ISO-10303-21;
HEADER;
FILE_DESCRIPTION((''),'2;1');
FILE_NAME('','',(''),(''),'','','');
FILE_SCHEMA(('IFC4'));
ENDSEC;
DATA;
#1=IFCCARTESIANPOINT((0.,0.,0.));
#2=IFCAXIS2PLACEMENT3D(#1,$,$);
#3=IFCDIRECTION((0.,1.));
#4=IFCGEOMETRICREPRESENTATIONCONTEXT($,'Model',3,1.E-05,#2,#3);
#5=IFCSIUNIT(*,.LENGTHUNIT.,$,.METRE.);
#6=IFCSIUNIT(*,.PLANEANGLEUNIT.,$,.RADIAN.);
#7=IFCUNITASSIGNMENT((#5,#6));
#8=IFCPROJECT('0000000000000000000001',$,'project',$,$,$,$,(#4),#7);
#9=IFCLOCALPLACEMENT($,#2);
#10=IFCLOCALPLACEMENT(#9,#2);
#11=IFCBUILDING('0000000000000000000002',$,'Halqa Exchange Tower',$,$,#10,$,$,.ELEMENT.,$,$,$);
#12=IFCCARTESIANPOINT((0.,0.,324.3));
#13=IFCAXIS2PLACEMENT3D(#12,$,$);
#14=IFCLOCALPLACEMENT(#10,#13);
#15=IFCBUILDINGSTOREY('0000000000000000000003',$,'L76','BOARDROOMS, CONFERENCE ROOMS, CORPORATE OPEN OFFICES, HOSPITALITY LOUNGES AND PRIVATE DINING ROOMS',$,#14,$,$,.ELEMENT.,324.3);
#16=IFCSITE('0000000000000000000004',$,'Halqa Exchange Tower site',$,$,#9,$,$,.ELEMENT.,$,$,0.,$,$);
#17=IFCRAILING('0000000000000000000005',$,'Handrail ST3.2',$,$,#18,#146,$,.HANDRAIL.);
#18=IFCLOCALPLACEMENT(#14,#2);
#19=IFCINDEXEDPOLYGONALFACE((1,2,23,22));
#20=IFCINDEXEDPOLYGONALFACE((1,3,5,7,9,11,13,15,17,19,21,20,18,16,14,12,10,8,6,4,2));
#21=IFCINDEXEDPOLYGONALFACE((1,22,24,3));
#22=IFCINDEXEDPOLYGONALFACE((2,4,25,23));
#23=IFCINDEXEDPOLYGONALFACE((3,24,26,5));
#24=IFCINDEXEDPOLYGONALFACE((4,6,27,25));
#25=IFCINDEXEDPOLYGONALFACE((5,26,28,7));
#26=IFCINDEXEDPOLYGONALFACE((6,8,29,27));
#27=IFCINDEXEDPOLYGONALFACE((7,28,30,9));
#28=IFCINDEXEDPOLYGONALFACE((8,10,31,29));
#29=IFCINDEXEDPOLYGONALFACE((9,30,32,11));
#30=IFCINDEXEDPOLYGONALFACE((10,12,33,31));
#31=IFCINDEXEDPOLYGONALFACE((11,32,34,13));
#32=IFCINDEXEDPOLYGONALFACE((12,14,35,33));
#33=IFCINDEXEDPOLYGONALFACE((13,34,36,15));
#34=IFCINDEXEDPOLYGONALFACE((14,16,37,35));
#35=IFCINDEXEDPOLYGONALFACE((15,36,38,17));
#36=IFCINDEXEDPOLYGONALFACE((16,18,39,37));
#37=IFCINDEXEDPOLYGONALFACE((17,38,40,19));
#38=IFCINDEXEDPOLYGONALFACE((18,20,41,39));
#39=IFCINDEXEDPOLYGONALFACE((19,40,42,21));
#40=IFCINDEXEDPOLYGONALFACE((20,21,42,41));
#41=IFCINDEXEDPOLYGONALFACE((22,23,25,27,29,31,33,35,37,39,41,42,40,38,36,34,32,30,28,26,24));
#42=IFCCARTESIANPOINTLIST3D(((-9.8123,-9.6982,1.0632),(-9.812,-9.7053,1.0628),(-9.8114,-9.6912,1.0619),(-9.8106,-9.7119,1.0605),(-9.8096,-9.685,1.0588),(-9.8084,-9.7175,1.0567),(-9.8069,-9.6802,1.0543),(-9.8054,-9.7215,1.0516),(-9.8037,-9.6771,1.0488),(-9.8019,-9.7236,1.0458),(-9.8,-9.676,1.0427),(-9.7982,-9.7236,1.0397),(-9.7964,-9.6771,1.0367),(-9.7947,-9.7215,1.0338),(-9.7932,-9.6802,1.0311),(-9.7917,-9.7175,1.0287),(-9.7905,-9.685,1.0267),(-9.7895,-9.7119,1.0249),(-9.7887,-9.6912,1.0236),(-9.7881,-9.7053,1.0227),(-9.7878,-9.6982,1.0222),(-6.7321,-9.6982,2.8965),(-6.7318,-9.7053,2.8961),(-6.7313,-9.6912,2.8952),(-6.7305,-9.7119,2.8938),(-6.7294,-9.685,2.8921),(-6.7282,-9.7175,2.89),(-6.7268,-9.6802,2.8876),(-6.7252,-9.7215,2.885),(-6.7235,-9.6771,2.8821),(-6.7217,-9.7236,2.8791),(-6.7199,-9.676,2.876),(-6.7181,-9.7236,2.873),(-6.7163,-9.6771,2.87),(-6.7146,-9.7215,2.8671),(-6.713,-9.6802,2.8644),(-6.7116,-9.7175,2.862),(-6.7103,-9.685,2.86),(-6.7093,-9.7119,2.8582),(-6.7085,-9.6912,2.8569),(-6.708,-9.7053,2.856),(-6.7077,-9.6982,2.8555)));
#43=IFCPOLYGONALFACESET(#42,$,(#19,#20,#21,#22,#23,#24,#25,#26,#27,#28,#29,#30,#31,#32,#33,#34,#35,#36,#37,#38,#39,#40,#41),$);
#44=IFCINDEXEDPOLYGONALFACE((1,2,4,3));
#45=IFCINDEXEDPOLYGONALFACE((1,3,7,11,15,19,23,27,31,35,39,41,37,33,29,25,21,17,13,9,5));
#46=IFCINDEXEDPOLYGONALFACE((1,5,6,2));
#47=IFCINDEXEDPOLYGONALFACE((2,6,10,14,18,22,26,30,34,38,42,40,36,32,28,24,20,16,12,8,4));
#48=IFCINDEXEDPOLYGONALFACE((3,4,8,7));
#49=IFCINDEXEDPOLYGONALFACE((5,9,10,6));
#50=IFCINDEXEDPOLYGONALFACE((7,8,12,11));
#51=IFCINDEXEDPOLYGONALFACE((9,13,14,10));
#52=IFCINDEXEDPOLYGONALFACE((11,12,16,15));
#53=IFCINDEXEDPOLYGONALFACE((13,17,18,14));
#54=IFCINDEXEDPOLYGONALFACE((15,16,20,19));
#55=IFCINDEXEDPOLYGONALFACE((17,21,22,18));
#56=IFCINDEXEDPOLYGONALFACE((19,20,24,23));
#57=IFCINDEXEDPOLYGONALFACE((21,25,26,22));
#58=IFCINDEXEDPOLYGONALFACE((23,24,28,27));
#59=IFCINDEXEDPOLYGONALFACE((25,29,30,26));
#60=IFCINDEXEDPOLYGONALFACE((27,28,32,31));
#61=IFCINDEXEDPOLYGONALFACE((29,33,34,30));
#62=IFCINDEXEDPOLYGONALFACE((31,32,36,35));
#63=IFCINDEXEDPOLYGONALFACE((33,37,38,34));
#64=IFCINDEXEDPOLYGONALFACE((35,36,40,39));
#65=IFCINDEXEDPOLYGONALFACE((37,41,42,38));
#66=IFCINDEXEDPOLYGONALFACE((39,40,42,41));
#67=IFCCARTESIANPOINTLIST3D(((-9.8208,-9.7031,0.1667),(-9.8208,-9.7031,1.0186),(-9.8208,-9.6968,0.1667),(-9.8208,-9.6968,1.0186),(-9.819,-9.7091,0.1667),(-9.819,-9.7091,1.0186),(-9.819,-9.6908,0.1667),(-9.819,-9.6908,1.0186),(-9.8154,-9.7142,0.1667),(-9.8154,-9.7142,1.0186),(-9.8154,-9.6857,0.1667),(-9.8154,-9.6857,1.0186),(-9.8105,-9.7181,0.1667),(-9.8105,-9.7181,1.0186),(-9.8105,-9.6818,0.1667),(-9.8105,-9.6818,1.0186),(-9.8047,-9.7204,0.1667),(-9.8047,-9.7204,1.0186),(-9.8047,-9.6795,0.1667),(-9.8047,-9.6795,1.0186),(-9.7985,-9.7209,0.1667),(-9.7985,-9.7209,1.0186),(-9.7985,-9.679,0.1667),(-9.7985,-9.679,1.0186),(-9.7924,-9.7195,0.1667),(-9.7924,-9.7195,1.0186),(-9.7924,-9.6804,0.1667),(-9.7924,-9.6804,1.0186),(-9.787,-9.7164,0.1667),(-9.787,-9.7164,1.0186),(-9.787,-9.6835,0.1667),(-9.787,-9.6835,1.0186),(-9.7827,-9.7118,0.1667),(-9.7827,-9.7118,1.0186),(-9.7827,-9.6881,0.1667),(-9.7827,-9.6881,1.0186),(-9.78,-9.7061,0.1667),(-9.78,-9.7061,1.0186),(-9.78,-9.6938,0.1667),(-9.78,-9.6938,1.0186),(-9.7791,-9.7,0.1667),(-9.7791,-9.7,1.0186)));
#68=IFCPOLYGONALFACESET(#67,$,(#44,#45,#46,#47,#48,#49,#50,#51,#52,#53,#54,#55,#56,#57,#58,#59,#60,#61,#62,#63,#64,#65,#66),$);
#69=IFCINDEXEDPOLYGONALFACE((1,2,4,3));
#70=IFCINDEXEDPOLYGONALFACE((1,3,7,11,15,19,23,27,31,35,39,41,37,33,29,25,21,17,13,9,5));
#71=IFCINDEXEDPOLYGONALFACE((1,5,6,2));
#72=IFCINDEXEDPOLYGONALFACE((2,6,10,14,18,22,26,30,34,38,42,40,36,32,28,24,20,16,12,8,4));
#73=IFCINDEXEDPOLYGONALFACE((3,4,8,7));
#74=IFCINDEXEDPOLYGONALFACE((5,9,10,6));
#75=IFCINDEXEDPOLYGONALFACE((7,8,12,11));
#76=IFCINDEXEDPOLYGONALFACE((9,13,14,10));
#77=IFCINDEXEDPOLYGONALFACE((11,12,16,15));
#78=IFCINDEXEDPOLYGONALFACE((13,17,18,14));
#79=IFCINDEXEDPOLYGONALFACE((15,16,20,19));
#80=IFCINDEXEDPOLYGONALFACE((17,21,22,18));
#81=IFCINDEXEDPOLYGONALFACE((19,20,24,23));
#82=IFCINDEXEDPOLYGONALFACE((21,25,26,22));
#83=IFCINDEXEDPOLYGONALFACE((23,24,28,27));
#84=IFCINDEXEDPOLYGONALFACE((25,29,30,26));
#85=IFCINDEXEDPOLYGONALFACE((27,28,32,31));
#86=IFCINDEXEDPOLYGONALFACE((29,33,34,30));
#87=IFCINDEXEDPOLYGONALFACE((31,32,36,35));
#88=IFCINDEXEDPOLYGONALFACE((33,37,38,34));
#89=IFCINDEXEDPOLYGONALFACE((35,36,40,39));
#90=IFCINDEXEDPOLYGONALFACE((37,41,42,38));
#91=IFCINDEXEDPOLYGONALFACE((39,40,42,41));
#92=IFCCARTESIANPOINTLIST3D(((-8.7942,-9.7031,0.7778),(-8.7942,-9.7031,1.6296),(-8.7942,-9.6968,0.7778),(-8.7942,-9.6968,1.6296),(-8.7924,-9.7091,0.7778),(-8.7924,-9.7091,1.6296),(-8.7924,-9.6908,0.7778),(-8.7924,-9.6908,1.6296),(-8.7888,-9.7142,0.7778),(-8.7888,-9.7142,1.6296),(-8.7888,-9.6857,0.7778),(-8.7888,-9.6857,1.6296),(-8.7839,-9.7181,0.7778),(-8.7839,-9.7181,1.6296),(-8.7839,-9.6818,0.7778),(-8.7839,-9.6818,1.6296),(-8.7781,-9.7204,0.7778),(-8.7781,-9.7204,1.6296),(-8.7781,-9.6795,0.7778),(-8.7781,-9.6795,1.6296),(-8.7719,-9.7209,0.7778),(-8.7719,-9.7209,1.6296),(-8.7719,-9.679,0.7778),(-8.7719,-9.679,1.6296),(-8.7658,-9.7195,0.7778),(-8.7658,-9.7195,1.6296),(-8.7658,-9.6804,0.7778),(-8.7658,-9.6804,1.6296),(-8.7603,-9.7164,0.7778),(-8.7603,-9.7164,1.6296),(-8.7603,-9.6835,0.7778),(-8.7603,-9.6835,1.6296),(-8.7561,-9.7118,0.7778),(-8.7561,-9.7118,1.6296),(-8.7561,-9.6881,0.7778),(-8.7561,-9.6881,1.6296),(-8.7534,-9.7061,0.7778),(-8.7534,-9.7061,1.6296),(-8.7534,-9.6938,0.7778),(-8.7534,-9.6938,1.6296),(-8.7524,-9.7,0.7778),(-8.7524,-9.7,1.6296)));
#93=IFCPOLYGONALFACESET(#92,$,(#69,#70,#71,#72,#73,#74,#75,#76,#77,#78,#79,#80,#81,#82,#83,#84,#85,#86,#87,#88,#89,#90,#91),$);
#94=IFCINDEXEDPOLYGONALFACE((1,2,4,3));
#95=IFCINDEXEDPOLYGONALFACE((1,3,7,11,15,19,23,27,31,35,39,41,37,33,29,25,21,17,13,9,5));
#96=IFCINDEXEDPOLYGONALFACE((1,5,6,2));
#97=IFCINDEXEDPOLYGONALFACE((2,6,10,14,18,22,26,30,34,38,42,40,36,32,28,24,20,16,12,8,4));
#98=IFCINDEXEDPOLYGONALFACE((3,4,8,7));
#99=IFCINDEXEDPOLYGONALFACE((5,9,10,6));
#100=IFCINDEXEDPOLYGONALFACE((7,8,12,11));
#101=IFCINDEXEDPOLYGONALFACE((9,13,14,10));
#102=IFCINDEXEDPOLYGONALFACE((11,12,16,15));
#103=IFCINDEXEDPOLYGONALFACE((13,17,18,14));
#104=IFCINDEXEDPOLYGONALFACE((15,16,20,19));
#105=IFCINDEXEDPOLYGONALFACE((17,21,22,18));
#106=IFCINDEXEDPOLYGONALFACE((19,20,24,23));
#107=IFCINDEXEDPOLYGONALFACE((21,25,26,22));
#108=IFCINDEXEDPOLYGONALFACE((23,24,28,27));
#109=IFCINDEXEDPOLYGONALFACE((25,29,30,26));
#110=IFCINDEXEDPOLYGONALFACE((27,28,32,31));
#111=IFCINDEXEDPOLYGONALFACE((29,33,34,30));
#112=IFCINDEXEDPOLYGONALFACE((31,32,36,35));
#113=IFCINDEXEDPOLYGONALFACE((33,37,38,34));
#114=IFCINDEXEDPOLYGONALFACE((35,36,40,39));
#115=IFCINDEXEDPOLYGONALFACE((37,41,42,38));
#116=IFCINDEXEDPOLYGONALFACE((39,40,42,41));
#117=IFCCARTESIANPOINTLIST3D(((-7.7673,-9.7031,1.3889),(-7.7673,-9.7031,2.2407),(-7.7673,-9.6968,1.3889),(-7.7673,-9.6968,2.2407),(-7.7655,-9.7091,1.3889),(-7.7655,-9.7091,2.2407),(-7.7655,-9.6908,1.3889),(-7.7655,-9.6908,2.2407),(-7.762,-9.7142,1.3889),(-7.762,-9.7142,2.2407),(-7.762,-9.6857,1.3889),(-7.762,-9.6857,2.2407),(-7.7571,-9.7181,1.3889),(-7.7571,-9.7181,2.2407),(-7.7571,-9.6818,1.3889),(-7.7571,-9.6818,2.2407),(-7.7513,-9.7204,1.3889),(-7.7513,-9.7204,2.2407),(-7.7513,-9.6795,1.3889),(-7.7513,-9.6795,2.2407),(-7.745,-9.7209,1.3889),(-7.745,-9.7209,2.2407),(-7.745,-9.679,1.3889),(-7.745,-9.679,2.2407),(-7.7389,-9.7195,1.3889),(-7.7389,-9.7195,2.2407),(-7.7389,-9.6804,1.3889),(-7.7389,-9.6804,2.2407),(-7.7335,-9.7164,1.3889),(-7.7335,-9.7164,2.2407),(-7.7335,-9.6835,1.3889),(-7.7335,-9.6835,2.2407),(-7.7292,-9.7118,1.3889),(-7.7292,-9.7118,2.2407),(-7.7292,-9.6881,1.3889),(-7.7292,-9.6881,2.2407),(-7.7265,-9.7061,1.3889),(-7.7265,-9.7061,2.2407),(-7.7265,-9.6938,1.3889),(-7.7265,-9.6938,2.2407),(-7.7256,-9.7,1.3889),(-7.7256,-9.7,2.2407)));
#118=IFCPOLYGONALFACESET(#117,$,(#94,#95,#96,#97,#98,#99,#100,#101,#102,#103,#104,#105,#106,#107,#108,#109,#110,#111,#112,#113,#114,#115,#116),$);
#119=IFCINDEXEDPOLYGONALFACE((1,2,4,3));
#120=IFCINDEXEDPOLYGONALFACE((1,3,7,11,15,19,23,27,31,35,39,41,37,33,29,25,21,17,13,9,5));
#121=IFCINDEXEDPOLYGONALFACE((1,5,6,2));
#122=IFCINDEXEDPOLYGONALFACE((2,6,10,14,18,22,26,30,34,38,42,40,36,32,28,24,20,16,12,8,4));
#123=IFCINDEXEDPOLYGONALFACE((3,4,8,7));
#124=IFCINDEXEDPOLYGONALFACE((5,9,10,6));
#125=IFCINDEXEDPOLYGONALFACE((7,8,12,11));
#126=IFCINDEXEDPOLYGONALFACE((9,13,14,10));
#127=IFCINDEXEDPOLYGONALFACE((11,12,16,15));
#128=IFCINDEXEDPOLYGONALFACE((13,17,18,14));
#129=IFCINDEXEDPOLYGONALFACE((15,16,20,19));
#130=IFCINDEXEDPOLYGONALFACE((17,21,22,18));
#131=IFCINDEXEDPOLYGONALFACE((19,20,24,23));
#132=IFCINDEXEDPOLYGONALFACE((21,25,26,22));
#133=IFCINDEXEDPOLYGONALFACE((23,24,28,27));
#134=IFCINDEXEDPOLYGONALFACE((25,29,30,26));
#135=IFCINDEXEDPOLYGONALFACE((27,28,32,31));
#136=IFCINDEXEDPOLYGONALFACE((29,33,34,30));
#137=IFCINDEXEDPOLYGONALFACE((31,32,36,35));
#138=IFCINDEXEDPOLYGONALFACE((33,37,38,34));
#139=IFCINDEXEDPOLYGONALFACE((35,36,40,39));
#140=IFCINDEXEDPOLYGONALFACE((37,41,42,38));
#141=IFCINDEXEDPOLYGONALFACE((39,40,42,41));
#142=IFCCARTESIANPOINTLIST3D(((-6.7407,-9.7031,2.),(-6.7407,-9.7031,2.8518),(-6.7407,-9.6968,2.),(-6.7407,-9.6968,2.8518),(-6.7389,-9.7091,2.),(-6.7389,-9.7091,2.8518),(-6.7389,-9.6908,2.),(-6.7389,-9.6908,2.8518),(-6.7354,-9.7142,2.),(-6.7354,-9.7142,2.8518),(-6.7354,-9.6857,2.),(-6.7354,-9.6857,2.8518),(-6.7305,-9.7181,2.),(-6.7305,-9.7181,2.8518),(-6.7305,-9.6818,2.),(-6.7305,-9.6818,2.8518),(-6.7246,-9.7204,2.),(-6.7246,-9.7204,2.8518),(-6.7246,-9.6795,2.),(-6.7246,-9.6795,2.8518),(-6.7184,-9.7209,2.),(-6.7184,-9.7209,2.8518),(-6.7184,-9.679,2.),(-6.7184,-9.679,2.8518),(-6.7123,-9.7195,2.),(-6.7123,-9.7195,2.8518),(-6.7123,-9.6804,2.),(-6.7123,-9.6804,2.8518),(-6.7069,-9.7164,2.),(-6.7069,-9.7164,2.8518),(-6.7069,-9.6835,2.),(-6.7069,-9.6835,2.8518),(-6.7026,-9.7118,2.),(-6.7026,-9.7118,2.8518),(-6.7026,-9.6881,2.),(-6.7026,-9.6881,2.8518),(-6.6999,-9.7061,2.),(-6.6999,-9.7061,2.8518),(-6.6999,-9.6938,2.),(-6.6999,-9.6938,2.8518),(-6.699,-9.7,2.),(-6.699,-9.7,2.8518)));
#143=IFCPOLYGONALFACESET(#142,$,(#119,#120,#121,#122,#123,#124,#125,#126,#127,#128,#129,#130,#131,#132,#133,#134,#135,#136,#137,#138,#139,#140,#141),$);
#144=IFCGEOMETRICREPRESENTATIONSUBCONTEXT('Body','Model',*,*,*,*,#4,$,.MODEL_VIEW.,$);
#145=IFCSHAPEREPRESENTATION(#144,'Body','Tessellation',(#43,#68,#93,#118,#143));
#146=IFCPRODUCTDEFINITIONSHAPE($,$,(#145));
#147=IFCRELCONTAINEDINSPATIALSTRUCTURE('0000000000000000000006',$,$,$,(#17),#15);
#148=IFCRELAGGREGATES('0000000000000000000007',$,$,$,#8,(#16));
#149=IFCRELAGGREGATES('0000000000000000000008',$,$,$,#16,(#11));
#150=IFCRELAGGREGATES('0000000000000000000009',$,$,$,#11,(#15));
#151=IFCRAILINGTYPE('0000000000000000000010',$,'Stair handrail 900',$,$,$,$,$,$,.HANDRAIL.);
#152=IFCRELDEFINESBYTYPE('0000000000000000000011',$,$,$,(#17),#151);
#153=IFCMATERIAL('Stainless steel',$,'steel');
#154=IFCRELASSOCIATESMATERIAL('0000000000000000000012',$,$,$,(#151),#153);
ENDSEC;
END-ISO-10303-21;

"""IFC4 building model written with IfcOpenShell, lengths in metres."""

from ifc_helpers import new_model, si_unit, direction, frame, origin, origin_2d, place, context, subcontext, project, spatial, circle, extrude, material, type_object, element, save


model = new_model("IFC4")

# Units and contexts
model_context = context("Model", 3, precision=1e-05, world=origin(), true_north=direction((0.0, 1.0)))
body_context = subcontext(model_context, "Body", "Model", "MODEL_VIEW")
ifc_project = project(units=[si_unit("LENGTHUNIT", "METRE"), si_unit("PLANEANGLEUNIT", "RADIAN")], contexts=[model_context])

# Site, building, storey
site_placement = place(None, origin())
site = spatial("IfcSite", under=ifc_project, at=site_placement, Name="Halqa Exchange Tower site", CompositionType="ELEMENT", RefElevation=0.0)
building_placement = place(site_placement, origin())
building = spatial("IfcBuilding", under=site, at=building_placement, Name="Halqa Exchange Tower", CompositionType="ELEMENT")
storey_placement = place(building_placement, frame((0.0, 0.0, 324.3)))
storey = spatial("IfcBuildingStorey", under=building, at=storey_placement, Name="L76", Description="BOARDROOMS, CONFERENCE ROOMS, CORPORATE OPEN OFFICES, HOSPITALITY LOUNGES AND PRIVATE DINING ROOMS", CompositionType="ELEMENT", Elevation=324.3)

# Shared definitions
ifc_material_1 = material(Name="Stainless steel", Category="steel")

# Railing
railing_type_1 = type_object("IfcRailingType", Name="Stair handrail 900", PredefinedType="HANDRAIL", material=ifc_material_1)
railing_1_placement = place(storey_placement, frame((-9.8, -9.7, 0.1667)))
element("IfcRailing", 1, at=railing_1_placement, inside=storey, type_object=railing_type_1, Name="Handrail ST3.2", PredefinedType="HANDRAIL", context=body_context, shape_type="SweptSolid", body=[
    extrude(circle(Radius=0.0239, at=origin_2d()), frame((0.0, 0.0, 0.876), z_axis=(0.859309, 0.0, 0.511458), x_axis=(0.0, 1.0, 0.0)), (0.0, 0.0, 1.0), 3.5845),
    extrude(circle(Radius=0.021, at=origin_2d()), origin(), (0.0, 0.0, 1.0), 0.8518),
    extrude(circle(Radius=0.021, at=origin_2d()), frame((1.0266, 0.0, 0.6111)), (0.0, 0.0, 1.0), 0.8518),
    extrude(circle(Radius=0.021, at=origin_2d()), frame((2.0535, 0.0, 1.2222)), (0.0, 0.0, 1.0), 0.8518),
    extrude(circle(Radius=0.021, at=origin_2d()), frame((3.0801, 0.0, 1.8333)), (0.0, 0.0, 1.0), 0.8518),
])

save(model, "model.ifc")
